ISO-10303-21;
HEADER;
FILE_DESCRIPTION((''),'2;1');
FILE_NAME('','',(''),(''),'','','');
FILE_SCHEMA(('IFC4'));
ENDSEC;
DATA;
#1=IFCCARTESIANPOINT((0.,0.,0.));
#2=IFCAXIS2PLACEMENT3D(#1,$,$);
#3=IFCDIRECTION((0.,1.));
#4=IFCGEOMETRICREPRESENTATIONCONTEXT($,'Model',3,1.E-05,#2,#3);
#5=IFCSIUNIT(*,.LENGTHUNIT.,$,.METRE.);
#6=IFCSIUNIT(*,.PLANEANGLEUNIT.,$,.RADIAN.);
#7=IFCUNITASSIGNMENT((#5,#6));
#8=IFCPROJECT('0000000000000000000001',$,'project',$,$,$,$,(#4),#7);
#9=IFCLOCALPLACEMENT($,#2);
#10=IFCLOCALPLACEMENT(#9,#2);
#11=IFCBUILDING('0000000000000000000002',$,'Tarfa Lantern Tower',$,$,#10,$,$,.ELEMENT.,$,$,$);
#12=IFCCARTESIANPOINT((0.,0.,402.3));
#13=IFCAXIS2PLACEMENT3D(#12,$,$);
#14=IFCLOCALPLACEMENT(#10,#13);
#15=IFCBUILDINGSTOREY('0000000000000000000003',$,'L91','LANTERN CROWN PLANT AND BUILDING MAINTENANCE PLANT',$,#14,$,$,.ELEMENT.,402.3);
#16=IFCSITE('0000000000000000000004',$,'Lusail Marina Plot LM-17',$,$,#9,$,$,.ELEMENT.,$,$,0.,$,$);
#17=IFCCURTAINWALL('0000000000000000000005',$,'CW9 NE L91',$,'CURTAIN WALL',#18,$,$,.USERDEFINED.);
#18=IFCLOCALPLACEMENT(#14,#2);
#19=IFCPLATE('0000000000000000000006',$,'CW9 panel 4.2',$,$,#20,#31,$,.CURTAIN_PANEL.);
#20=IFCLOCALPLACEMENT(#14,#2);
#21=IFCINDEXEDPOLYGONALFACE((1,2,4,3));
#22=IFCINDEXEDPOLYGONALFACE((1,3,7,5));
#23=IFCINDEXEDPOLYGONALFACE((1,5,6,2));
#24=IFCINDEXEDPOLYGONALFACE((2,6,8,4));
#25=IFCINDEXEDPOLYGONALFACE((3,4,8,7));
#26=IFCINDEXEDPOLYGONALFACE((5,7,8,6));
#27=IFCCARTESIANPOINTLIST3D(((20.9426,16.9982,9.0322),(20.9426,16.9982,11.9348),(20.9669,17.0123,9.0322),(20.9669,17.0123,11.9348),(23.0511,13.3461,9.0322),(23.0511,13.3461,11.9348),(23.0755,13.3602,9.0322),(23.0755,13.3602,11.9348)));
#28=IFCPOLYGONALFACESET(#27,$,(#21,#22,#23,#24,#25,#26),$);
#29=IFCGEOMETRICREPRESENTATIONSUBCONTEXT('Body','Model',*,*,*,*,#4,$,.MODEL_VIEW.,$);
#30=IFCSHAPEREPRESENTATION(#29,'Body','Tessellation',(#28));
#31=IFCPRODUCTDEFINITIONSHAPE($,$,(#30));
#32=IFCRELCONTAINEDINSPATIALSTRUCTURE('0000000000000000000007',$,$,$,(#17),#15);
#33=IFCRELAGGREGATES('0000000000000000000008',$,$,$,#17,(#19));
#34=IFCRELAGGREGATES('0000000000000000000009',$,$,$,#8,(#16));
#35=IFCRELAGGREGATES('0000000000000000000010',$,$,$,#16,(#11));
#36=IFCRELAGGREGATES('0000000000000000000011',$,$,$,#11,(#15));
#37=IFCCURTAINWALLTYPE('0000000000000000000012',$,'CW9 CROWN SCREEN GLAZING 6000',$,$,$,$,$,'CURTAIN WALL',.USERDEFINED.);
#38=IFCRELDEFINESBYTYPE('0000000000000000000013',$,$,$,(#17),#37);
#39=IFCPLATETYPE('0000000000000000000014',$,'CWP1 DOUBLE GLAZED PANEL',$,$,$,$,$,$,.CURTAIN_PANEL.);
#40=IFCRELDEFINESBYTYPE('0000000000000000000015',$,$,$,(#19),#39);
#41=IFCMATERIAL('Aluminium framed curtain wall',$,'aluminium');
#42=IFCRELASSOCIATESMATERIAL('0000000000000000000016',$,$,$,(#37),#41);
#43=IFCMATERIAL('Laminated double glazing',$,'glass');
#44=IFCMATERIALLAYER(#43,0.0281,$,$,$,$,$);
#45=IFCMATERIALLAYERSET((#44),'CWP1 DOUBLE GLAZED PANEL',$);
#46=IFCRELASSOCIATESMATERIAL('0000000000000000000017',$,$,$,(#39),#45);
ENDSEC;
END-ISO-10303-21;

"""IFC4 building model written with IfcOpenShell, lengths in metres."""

from ifc_helpers import new_model, si_unit, direction, frame, origin, origin_2d, place, context, subcontext, project, spatial, rectangle, extrude, material, layer, layer_set, type_object, element, aggregate, save


model = new_model("IFC4")

# Units and contexts
model_context = context("Model", 3, precision=1e-05, world=origin(), true_north=direction((0.0, 1.0)))
body_context = subcontext(model_context, "Body", "Model", "MODEL_VIEW")
ifc_project = project(units=[si_unit("LENGTHUNIT", "METRE"), si_unit("PLANEANGLEUNIT", "RADIAN")], contexts=[model_context])

# Site, building, storey
site_placement = place(None, origin())
site = spatial("IfcSite", under=ifc_project, at=site_placement, Name="Lusail Marina Plot LM-17", CompositionType="ELEMENT", RefElevation=0.0)
building_placement = place(site_placement, origin())
building = spatial("IfcBuilding", under=site, at=building_placement, Name="Tarfa Lantern Tower", CompositionType="ELEMENT")
storey_placement = place(building_placement, frame((0.0, 0.0, 402.3)))
storey = spatial("IfcBuildingStorey", under=building, at=storey_placement, Name="L91", Description="LANTERN CROWN PLANT AND BUILDING MAINTENANCE PLANT", CompositionType="ELEMENT", Elevation=402.3)

# Curtain wall
ifc_material_1 = material(Name="Aluminium framed curtain wall", Category="aluminium")
curtain_wall_type_1 = type_object("IfcCurtainWallType", Name="CW9 CROWN SCREEN GLAZING 6000", ElementType="CURTAIN WALL", PredefinedType="USERDEFINED", material=ifc_material_1)
curtain_wall_1_placement = place(storey_placement, origin())
curtain_wall_1 = element("IfcCurtainWall", 1, at=curtain_wall_1_placement, inside=storey, type_object=curtain_wall_type_1, Name="CW9 NE L91", ObjectType="CURTAIN WALL", PredefinedType="USERDEFINED")

# Plate
ifc_material_2 = material(Name="Laminated double glazing", Category="glass")
ifc_layer = layer(ifc_material_2, 0.0281)
ifc_layer_set = layer_set([ifc_layer], Name="CWP1 DOUBLE GLAZED PANEL")
plate_type = type_object("IfcPlateType", Name="CWP1 DOUBLE GLAZED PANEL", PredefinedType="CURTAIN_PANEL", material=ifc_layer_set)
plate_1_placement = place(storey_placement, frame((22.009, 15.1792, 9.0322), z_axis=(0.0, 0.0, 1.0), x_axis=(-0.5, 0.866025, 0.0)))
plate_1 = element("IfcPlate", 2, at=plate_1_placement, type_object=plate_type, Name="CW9 panel 4.2", PredefinedType="CURTAIN_PANEL", context=body_context, shape_type="SweptSolid", body=[
    extrude(rectangle(XDim=4.217, YDim=0.0281, at=origin_2d()), origin(), (0.0, 0.0, 1.0), 2.9026),
])
aggregate(curtain_wall_1, [plate_1])

save(model, "model.ifc")
